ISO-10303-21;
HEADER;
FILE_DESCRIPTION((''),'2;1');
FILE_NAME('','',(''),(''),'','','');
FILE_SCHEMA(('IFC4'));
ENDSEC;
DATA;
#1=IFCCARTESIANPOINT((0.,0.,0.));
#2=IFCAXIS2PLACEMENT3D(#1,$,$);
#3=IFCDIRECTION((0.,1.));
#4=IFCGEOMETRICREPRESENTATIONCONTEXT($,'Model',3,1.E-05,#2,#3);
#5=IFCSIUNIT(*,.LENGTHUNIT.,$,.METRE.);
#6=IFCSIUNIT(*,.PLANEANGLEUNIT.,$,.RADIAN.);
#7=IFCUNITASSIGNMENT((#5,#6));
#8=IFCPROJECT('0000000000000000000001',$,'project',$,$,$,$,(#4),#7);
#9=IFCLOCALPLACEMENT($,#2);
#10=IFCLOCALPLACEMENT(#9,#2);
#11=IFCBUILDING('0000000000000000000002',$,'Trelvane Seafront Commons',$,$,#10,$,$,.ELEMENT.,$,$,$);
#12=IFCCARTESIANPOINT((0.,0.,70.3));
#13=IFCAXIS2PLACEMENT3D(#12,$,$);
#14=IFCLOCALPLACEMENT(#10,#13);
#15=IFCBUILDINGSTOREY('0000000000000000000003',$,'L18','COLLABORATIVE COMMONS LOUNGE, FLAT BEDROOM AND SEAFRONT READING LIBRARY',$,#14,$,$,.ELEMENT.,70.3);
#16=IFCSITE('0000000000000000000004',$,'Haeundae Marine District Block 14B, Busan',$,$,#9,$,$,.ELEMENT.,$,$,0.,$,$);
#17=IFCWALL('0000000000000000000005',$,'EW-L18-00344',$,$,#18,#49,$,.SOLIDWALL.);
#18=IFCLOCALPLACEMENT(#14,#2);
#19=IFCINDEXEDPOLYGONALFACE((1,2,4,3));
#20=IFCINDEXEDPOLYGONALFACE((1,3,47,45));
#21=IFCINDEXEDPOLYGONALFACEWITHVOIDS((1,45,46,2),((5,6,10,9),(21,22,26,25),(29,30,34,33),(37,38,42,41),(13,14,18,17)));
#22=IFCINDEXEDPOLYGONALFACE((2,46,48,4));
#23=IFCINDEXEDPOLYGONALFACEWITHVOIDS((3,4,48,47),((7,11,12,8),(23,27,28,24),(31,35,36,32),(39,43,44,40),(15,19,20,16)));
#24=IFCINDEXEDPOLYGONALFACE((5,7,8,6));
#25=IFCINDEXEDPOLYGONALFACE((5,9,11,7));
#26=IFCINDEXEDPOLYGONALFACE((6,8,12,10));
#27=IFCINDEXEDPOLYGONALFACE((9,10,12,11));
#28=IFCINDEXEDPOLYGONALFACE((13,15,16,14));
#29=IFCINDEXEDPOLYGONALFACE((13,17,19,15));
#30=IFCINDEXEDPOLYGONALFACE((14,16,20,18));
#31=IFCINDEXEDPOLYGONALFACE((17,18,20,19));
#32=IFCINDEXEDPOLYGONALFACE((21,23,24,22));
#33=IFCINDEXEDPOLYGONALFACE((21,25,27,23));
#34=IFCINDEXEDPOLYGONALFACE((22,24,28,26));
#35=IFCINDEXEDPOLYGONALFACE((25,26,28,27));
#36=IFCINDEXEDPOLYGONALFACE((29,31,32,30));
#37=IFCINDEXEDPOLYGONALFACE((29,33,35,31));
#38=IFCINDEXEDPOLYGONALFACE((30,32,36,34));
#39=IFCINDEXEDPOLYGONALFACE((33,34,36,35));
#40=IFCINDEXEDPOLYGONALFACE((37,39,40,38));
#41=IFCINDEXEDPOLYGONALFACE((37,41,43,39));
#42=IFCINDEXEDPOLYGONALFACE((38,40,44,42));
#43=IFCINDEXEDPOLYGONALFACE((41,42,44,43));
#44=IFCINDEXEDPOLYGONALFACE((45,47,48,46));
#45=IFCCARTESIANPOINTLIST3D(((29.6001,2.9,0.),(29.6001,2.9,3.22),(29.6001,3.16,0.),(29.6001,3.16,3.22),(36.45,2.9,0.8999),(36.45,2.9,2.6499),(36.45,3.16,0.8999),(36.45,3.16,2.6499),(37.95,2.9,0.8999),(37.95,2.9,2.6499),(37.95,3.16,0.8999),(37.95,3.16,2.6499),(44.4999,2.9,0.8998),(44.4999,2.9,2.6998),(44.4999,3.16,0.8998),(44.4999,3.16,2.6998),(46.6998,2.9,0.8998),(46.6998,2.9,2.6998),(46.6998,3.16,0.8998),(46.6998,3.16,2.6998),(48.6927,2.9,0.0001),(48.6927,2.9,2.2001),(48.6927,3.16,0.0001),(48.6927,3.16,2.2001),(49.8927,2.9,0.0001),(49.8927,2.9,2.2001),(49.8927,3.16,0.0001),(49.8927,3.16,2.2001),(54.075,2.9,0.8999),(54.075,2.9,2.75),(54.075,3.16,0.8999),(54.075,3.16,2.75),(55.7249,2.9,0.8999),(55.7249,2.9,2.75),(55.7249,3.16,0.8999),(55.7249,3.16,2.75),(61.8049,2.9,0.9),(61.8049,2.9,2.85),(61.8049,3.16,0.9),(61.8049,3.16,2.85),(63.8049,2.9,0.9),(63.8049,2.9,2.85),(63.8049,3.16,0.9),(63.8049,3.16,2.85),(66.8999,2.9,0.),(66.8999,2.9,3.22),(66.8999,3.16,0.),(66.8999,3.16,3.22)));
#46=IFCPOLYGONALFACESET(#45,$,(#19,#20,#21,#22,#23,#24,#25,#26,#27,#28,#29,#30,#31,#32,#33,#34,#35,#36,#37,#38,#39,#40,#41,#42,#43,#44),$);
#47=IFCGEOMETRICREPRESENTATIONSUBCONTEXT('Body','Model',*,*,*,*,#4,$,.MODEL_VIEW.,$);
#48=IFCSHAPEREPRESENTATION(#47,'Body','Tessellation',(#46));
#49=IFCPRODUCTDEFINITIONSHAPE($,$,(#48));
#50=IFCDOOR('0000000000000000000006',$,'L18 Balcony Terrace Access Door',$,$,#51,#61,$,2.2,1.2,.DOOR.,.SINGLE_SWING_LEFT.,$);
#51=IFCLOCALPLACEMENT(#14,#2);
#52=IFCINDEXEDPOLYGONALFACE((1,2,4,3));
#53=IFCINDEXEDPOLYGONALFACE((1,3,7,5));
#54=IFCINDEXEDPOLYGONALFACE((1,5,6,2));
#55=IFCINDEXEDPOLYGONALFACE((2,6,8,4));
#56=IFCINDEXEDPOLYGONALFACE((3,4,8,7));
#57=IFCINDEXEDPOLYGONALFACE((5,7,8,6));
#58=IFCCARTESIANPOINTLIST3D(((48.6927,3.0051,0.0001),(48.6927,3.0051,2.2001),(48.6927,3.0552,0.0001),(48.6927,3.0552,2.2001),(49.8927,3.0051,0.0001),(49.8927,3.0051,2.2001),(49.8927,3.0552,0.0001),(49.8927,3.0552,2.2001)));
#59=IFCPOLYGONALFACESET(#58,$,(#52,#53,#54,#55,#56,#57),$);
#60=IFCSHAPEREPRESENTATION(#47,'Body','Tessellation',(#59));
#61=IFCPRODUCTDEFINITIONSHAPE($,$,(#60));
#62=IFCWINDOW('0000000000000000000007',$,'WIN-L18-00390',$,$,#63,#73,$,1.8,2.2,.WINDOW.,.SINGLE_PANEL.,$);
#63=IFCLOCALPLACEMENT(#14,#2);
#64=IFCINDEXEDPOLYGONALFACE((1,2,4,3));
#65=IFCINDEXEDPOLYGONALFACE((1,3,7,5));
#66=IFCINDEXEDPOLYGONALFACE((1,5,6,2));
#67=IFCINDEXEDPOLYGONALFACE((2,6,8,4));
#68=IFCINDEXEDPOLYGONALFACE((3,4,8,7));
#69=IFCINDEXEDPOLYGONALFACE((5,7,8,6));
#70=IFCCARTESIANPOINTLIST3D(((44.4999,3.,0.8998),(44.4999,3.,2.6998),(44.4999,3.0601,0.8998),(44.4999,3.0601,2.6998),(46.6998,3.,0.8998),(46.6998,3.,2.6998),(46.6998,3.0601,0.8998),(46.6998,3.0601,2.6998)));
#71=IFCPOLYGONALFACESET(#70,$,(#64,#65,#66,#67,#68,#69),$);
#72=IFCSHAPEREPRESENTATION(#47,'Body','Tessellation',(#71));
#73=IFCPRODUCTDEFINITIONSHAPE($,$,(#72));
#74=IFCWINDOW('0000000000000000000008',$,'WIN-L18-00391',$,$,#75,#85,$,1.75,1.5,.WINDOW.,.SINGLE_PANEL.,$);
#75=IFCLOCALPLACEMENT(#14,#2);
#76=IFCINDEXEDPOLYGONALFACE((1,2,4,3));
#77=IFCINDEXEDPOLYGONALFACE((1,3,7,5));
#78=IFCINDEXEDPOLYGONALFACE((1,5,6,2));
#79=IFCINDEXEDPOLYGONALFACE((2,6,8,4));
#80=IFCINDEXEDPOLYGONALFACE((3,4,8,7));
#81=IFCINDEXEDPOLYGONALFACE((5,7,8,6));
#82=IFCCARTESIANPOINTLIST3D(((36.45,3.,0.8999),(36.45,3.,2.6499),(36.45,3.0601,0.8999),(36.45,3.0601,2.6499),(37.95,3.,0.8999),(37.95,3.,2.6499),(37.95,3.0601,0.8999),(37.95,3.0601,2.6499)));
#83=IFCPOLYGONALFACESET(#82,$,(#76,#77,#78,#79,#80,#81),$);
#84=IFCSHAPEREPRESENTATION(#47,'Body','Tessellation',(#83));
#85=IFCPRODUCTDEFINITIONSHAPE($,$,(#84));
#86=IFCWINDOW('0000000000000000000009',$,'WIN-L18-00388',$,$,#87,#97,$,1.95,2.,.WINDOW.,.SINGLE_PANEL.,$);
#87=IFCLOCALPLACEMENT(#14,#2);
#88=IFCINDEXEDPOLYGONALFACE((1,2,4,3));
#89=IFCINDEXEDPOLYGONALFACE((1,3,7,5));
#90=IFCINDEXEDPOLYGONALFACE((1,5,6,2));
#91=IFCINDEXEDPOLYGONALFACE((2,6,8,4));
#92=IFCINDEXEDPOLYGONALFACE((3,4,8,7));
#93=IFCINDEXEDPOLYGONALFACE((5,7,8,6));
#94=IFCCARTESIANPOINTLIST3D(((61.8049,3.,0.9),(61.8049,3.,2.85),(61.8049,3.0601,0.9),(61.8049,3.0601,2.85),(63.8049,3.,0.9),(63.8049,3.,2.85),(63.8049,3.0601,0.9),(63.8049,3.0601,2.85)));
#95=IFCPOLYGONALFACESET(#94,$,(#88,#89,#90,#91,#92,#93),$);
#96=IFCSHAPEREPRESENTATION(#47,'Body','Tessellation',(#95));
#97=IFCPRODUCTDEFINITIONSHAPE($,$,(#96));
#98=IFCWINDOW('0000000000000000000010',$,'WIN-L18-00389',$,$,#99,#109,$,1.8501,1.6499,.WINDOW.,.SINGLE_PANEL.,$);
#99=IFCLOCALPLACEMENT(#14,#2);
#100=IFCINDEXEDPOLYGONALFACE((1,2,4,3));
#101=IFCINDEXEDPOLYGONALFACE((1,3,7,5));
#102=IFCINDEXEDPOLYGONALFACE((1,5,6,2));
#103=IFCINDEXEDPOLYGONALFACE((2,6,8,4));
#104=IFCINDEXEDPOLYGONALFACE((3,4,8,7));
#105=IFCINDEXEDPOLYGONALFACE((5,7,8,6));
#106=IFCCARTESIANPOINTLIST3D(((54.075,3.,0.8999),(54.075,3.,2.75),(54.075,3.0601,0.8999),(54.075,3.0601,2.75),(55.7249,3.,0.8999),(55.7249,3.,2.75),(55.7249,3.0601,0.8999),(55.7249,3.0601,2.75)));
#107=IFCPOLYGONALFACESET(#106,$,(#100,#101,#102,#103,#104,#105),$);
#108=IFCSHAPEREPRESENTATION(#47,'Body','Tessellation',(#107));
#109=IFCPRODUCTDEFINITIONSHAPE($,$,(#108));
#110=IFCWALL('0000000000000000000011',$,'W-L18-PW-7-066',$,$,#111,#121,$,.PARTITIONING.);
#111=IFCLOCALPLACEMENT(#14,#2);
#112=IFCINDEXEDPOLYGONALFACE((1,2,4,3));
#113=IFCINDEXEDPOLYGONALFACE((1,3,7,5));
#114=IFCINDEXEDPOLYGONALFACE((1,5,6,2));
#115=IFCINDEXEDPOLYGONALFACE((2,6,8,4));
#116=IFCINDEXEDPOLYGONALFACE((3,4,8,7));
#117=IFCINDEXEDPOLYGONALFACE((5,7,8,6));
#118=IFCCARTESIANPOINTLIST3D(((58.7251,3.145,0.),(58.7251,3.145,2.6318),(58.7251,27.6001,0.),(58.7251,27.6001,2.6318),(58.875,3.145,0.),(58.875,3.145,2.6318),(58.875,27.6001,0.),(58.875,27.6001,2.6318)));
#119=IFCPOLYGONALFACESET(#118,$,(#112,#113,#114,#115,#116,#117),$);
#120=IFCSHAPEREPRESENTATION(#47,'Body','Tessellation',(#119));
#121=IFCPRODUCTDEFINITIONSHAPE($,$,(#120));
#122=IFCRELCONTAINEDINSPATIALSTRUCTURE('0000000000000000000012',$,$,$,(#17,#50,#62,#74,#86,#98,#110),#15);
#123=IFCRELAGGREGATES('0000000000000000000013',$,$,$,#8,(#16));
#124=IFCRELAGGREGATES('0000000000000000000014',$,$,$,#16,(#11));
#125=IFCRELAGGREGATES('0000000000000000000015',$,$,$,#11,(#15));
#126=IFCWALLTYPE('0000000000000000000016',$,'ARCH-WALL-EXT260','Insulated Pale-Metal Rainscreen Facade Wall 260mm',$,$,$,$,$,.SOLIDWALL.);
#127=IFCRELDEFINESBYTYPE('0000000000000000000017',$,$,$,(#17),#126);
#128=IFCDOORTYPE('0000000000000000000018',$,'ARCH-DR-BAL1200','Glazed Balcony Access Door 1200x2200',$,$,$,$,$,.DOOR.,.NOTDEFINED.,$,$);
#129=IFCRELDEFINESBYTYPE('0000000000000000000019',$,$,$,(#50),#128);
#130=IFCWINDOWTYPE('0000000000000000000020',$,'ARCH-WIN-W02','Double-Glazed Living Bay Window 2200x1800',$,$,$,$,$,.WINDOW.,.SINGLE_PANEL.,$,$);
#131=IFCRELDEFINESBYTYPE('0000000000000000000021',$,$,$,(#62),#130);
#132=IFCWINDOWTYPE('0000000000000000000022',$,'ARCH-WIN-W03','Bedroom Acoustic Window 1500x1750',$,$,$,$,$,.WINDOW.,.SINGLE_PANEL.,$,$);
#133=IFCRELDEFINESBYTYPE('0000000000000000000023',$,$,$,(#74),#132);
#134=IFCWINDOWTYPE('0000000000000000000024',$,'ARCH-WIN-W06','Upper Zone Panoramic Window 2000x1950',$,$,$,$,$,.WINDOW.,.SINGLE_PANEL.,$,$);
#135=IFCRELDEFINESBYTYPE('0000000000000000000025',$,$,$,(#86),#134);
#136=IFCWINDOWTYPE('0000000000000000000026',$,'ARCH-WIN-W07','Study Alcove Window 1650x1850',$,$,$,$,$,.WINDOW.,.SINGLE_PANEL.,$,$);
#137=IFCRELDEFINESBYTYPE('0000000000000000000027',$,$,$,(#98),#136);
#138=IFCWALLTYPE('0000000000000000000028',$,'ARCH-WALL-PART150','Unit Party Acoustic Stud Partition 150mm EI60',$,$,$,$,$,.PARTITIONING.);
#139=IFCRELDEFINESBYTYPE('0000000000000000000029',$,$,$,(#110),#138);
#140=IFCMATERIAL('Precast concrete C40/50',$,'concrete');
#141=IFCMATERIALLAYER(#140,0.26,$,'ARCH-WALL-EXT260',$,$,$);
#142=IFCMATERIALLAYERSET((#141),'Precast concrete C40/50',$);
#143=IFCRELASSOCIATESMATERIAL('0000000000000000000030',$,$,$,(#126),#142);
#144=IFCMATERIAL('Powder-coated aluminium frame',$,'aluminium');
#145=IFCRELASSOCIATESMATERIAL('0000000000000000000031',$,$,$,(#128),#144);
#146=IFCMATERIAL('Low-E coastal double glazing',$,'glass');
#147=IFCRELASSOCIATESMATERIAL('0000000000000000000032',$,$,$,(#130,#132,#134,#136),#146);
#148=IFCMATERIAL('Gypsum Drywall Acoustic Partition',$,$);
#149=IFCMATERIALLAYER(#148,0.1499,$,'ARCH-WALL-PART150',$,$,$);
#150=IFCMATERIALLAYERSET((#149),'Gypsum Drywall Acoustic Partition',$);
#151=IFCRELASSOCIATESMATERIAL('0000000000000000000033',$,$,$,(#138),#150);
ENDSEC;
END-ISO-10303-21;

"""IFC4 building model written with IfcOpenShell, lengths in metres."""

from ifc_helpers import new_model, si_unit, direction, frame, frame_2d, origin, place, context, subcontext, project, spatial, rectangle, extrude, source, transform, mapped, material, layer, layer_set, type_object, element, fill, save


model = new_model("IFC4")

# Units and contexts
model_context = context("Model", 3, precision=1e-05, world=origin(), true_north=direction((0.0, 1.0)))
body_context = subcontext(model_context, "Body", "Model", "MODEL_VIEW")
ifc_project = project(units=[si_unit("LENGTHUNIT", "METRE"), si_unit("PLANEANGLEUNIT", "RADIAN")], contexts=[model_context])

# Site, building, storey
site_placement = place(None, origin())
site = spatial("IfcSite", under=ifc_project, at=site_placement, Name="Haeundae Marine District Block 14B, Busan", CompositionType="ELEMENT", RefElevation=0.0)
building_placement = place(site_placement, origin())
building = spatial("IfcBuilding", under=site, at=building_placement, Name="Trelvane Seafront Commons", CompositionType="ELEMENT")
storey_placement = place(building_placement, frame((0.0, 0.0, 70.3)))
storey = spatial("IfcBuildingStorey", under=building, at=storey_placement, Name="L18", Description="COLLABORATIVE COMMONS LOUNGE, FLAT BEDROOM AND SEAFRONT READING LIBRARY", CompositionType="ELEMENT", Elevation=70.3)

# Shared definitions
ifc_material_1 = material(Name="Precast concrete C40/50", Category="concrete")
ifc_layer_1 = layer(ifc_material_1, 0.26, Name="ARCH-WALL-EXT260")
ifc_layer_set_1 = layer_set([ifc_layer_1], Name="Precast concrete C40/50")
wall_type_1 = type_object("IfcWallType", Name="ARCH-WALL-EXT260", Description="Insulated Pale-Metal Rainscreen Facade Wall 260mm", PredefinedType="SOLIDWALL", material=ifc_layer_set_1)

# Wall, openings, door, windows
wall_1_placement = place(storey_placement, frame((66.8999, 3.03, 0.0), z_axis=(0.0, 0.0, 1.0), x_axis=(-1.0, 0.0, 0.0)))
wall_1 = element("IfcWall", 1, at=wall_1_placement, inside=storey, type_object=wall_type_1, Name="EW-L18-00344", PredefinedType="SOLIDWALL", context=body_context, shape_type="SweptSolid", body=[
    extrude(rectangle(XDim=37.2998, YDim=0.26, at=frame_2d((18.6499, 0.0))), origin(), (0.0, 0.0, 1.0), 3.22),
])
opening_1_placement = place(wall_1_placement, frame((3.095, 0.0, 0.8999)))
opening_1 = element("IfcOpeningElement", 2, at=opening_1_placement, cuts=wall_1, PredefinedType="OPENING", context=body_context, shape_type="SweptSolid", body=[
    extrude(rectangle(XDim=2.0, YDim=1.95, at=frame_2d((1.0, 0.9751))), frame((0.0, 0.1399, 0.0), z_axis=(0.0, -1.0, 0.0), x_axis=(1.0, 0.0, 0.0)), (0.0, 0.0, 1.0), 0.28),
])
opening_2_placement = place(wall_1_placement, frame((11.175, 0.0, 0.8999)))
opening_2 = element("IfcOpeningElement", 3, at=opening_2_placement, cuts=wall_1, PredefinedType="OPENING", context=body_context, shape_type="SweptSolid", body=[
    extrude(rectangle(XDim=1.6499, YDim=1.8501, at=frame_2d((0.825, 0.925))), frame((0.0, 0.1399, 0.0), z_axis=(0.0, -1.0, 0.0), x_axis=(1.0, 0.0, 0.0)), (0.0, 0.0, 1.0), 0.28),
])
opening_3_placement = place(wall_1_placement, frame((17.0071, 0.0, 0.0)))
opening_3 = element("IfcOpeningElement", 4, at=opening_3_placement, cuts=wall_1, PredefinedType="OPENING", context=body_context, shape_type="SweptSolid", body=[
    extrude(rectangle(XDim=1.2, YDim=2.2, at=frame_2d((0.6001, 1.1001))), frame((0.0, 0.1399, 0.0), z_axis=(0.0, -1.0, 0.0), x_axis=(1.0, 0.0, 0.0)), (0.0, 0.0, 1.0), 0.28),
])
opening_4_placement = place(wall_1_placement, frame((20.2, 0.0, 0.8999)))
opening_4 = element("IfcOpeningElement", 5, at=opening_4_placement, cuts=wall_1, PredefinedType="OPENING", context=body_context, shape_type="SweptSolid", body=[
    extrude(rectangle(XDim=2.2, YDim=1.8, at=frame_2d((1.1001, 0.8999))), frame((0.0, 0.1399, 0.0), z_axis=(0.0, -1.0, 0.0), x_axis=(1.0, 0.0, 0.0)), (0.0, 0.0, 1.0), 0.28),
])
opening_5_placement = place(wall_1_placement, frame((28.95, 0.0, 0.8999)))
opening_5 = element("IfcOpeningElement", 6, at=opening_5_placement, cuts=wall_1, PredefinedType="OPENING", context=body_context, shape_type="SweptSolid", body=[
    extrude(rectangle(XDim=1.5, YDim=1.75, at=frame_2d((0.75, 0.875))), frame((0.0, 0.1399, 0.0), z_axis=(0.0, -1.0, 0.0), x_axis=(1.0, 0.0, 0.0)), (0.0, 0.0, 1.0), 0.28),
])
ifc_material_2 = material(Name="Powder-coated aluminium frame", Category="aluminium")
door_type = type_object("IfcDoorType", Name="ARCH-DR-BAL1200", Description="Glazed Balcony Access Door 1200x2200", OperationType="NOTDEFINED", PredefinedType="DOOR", material=ifc_material_2)
shared_shape_1 = source(origin(), body_context, "Body", "SweptSolid", [
    extrude(rectangle(XDim=1.2, YDim=2.2, at=frame_2d((0.6001, 1.1001))), frame((0.0, 0.0249, 0.0), z_axis=(0.0, -1.0, 0.0), x_axis=(1.0, 0.0, 0.0)), (0.0, 0.0, 1.0), 0.05),
])
door_placement = place(opening_3_placement, origin())
door = element("IfcDoor", 7, at=door_placement, inside=storey, type_object=door_type, Name="L18 Balcony Terrace Access Door", OperationType="SINGLE_SWING_LEFT", OverallHeight=2.2, OverallWidth=1.2, PredefinedType="DOOR", context=body_context, shape_type="MappedRepresentation", body=[
    mapped(shared_shape_1, transform((0.0, 0.0, 0.0), x_axis=(1.0, 0.0, 0.0), y_axis=(0.0, 1.0, 0.0), z_axis=(0.0, 0.0, 1.0), scale=1.0)),
])
fill(opening_3, door)
ifc_material_3 = material(Name="Low-E coastal double glazing", Category="glass")
window_type_1 = type_object("IfcWindowType", Name="ARCH-WIN-W02", Description="Double-Glazed Living Bay Window 2200x1800", PartitioningType="SINGLE_PANEL", PredefinedType="WINDOW", material=ifc_material_3)
shared_shape_2 = source(origin(), body_context, "Body", "SweptSolid", [
    extrude(rectangle(XDim=2.2, YDim=1.8, at=frame_2d((1.1001, 0.8999))), frame((0.0, 0.03, 0.0), z_axis=(0.0, -1.0, 0.0), x_axis=(1.0, 0.0, 0.0)), (0.0, 0.0, 1.0), 0.0601),
])
window_1_placement = place(opening_4_placement, origin())
window_1 = element("IfcWindow", 8, at=window_1_placement, inside=storey, type_object=window_type_1, Name="WIN-L18-00390", OverallHeight=1.8, OverallWidth=2.2, PartitioningType="SINGLE_PANEL", PredefinedType="WINDOW", context=body_context, shape_type="MappedRepresentation", body=[
    mapped(shared_shape_2, transform((0.0, 0.0, 0.0), x_axis=(1.0, 0.0, 0.0), y_axis=(0.0, 1.0, 0.0), z_axis=(0.0, 0.0, 1.0), scale=1.0)),
])
fill(opening_4, window_1)
window_type_2 = type_object("IfcWindowType", Name="ARCH-WIN-W03", Description="Bedroom Acoustic Window 1500x1750", PartitioningType="SINGLE_PANEL", PredefinedType="WINDOW", material=ifc_material_3)
shared_shape_3 = source(origin(), body_context, "Body", "SweptSolid", [
    extrude(rectangle(XDim=1.5, YDim=1.75, at=frame_2d((0.75, 0.875))), frame((0.0, 0.03, 0.0), z_axis=(0.0, -1.0, 0.0), x_axis=(1.0, 0.0, 0.0)), (0.0, 0.0, 1.0), 0.0601),
])
window_2_placement = place(opening_5_placement, origin())
window_2 = element("IfcWindow", 9, at=window_2_placement, inside=storey, type_object=window_type_2, Name="WIN-L18-00391", OverallHeight=1.75, OverallWidth=1.5, PartitioningType="SINGLE_PANEL", PredefinedType="WINDOW", context=body_context, shape_type="MappedRepresentation", body=[
    mapped(shared_shape_3, transform((0.0, 0.0, 0.0), x_axis=(1.0, 0.0, 0.0), y_axis=(0.0, 1.0, 0.0), z_axis=(0.0, 0.0, 1.0), scale=1.0)),
])
fill(opening_5, window_2)
window_type_3 = type_object("IfcWindowType", Name="ARCH-WIN-W06", Description="Upper Zone Panoramic Window 2000x1950", PartitioningType="SINGLE_PANEL", PredefinedType="WINDOW", material=ifc_material_3)
shared_shape_4 = source(origin(), body_context, "Body", "SweptSolid", [
    extrude(rectangle(XDim=2.0, YDim=1.95, at=frame_2d((1.0, 0.9751))), frame((0.0, 0.03, 0.0), z_axis=(0.0, -1.0, 0.0), x_axis=(1.0, 0.0, 0.0)), (0.0, 0.0, 1.0), 0.0601),
])
window_3_placement = place(opening_1_placement, origin())
window_3 = element("IfcWindow", 10, at=window_3_placement, inside=storey, type_object=window_type_3, Name="WIN-L18-00388", OverallHeight=1.95, OverallWidth=2.0, PartitioningType="SINGLE_PANEL", PredefinedType="WINDOW", context=body_context, shape_type="MappedRepresentation", body=[
    mapped(shared_shape_4, transform((0.0, 0.0, 0.0), x_axis=(1.0, 0.0, 0.0), y_axis=(0.0, 1.0, 0.0), z_axis=(0.0, 0.0, 1.0), scale=1.0)),
])
fill(opening_1, window_3)
window_type_4 = type_object("IfcWindowType", Name="ARCH-WIN-W07", Description="Study Alcove Window 1650x1850", PartitioningType="SINGLE_PANEL", PredefinedType="WINDOW", material=ifc_material_3)
shared_shape_5 = source(origin(), body_context, "Body", "SweptSolid", [
    extrude(rectangle(XDim=1.6499, YDim=1.8501, at=frame_2d((0.825, 0.925))), frame((0.0, 0.03, 0.0), z_axis=(0.0, -1.0, 0.0), x_axis=(1.0, 0.0, 0.0)), (0.0, 0.0, 1.0), 0.0601),
])
window_4_placement = place(opening_2_placement, origin())
window_4 = element("IfcWindow", 11, at=window_4_placement, inside=storey, type_object=window_type_4, Name="WIN-L18-00389", OverallHeight=1.8501, OverallWidth=1.6499, PartitioningType="SINGLE_PANEL", PredefinedType="WINDOW", context=body_context, shape_type="MappedRepresentation", body=[
    mapped(shared_shape_5, transform((0.0, 0.0, 0.0), x_axis=(1.0, 0.0, 0.0), y_axis=(0.0, 1.0, 0.0), z_axis=(0.0, 0.0, 1.0), scale=1.0)),
])
fill(opening_2, window_4)

# Wall
ifc_material_4 = material(Name="Gypsum Drywall Acoustic Partition")
ifc_layer_2 = layer(ifc_material_4, 0.1499, Name="ARCH-WALL-PART150")
ifc_layer_set_2 = layer_set([ifc_layer_2], Name="Gypsum Drywall Acoustic Partition")
wall_type_2 = type_object("IfcWallType", Name="ARCH-WALL-PART150", Description="Unit Party Acoustic Stud Partition 150mm EI60", PredefinedType="PARTITIONING", material=ifc_layer_set_2)
wall_2_placement = place(storey_placement, frame((58.8, 3.145, 0.0), z_axis=(0.0, 0.0, 1.0), x_axis=(0.0, 1.0, 0.0)))
element("IfcWall", 12, at=wall_2_placement, inside=storey, type_object=wall_type_2, Name="W-L18-PW-7-066", PredefinedType="PARTITIONING", context=body_context, shape_type="SweptSolid", body=[
    extrude(rectangle(XDim=24.4551, YDim=0.1499, at=frame_2d((12.2275, 0.0))), origin(), (0.0, 0.0, 1.0), 2.6318),
])

save(model, "model.ifc")
